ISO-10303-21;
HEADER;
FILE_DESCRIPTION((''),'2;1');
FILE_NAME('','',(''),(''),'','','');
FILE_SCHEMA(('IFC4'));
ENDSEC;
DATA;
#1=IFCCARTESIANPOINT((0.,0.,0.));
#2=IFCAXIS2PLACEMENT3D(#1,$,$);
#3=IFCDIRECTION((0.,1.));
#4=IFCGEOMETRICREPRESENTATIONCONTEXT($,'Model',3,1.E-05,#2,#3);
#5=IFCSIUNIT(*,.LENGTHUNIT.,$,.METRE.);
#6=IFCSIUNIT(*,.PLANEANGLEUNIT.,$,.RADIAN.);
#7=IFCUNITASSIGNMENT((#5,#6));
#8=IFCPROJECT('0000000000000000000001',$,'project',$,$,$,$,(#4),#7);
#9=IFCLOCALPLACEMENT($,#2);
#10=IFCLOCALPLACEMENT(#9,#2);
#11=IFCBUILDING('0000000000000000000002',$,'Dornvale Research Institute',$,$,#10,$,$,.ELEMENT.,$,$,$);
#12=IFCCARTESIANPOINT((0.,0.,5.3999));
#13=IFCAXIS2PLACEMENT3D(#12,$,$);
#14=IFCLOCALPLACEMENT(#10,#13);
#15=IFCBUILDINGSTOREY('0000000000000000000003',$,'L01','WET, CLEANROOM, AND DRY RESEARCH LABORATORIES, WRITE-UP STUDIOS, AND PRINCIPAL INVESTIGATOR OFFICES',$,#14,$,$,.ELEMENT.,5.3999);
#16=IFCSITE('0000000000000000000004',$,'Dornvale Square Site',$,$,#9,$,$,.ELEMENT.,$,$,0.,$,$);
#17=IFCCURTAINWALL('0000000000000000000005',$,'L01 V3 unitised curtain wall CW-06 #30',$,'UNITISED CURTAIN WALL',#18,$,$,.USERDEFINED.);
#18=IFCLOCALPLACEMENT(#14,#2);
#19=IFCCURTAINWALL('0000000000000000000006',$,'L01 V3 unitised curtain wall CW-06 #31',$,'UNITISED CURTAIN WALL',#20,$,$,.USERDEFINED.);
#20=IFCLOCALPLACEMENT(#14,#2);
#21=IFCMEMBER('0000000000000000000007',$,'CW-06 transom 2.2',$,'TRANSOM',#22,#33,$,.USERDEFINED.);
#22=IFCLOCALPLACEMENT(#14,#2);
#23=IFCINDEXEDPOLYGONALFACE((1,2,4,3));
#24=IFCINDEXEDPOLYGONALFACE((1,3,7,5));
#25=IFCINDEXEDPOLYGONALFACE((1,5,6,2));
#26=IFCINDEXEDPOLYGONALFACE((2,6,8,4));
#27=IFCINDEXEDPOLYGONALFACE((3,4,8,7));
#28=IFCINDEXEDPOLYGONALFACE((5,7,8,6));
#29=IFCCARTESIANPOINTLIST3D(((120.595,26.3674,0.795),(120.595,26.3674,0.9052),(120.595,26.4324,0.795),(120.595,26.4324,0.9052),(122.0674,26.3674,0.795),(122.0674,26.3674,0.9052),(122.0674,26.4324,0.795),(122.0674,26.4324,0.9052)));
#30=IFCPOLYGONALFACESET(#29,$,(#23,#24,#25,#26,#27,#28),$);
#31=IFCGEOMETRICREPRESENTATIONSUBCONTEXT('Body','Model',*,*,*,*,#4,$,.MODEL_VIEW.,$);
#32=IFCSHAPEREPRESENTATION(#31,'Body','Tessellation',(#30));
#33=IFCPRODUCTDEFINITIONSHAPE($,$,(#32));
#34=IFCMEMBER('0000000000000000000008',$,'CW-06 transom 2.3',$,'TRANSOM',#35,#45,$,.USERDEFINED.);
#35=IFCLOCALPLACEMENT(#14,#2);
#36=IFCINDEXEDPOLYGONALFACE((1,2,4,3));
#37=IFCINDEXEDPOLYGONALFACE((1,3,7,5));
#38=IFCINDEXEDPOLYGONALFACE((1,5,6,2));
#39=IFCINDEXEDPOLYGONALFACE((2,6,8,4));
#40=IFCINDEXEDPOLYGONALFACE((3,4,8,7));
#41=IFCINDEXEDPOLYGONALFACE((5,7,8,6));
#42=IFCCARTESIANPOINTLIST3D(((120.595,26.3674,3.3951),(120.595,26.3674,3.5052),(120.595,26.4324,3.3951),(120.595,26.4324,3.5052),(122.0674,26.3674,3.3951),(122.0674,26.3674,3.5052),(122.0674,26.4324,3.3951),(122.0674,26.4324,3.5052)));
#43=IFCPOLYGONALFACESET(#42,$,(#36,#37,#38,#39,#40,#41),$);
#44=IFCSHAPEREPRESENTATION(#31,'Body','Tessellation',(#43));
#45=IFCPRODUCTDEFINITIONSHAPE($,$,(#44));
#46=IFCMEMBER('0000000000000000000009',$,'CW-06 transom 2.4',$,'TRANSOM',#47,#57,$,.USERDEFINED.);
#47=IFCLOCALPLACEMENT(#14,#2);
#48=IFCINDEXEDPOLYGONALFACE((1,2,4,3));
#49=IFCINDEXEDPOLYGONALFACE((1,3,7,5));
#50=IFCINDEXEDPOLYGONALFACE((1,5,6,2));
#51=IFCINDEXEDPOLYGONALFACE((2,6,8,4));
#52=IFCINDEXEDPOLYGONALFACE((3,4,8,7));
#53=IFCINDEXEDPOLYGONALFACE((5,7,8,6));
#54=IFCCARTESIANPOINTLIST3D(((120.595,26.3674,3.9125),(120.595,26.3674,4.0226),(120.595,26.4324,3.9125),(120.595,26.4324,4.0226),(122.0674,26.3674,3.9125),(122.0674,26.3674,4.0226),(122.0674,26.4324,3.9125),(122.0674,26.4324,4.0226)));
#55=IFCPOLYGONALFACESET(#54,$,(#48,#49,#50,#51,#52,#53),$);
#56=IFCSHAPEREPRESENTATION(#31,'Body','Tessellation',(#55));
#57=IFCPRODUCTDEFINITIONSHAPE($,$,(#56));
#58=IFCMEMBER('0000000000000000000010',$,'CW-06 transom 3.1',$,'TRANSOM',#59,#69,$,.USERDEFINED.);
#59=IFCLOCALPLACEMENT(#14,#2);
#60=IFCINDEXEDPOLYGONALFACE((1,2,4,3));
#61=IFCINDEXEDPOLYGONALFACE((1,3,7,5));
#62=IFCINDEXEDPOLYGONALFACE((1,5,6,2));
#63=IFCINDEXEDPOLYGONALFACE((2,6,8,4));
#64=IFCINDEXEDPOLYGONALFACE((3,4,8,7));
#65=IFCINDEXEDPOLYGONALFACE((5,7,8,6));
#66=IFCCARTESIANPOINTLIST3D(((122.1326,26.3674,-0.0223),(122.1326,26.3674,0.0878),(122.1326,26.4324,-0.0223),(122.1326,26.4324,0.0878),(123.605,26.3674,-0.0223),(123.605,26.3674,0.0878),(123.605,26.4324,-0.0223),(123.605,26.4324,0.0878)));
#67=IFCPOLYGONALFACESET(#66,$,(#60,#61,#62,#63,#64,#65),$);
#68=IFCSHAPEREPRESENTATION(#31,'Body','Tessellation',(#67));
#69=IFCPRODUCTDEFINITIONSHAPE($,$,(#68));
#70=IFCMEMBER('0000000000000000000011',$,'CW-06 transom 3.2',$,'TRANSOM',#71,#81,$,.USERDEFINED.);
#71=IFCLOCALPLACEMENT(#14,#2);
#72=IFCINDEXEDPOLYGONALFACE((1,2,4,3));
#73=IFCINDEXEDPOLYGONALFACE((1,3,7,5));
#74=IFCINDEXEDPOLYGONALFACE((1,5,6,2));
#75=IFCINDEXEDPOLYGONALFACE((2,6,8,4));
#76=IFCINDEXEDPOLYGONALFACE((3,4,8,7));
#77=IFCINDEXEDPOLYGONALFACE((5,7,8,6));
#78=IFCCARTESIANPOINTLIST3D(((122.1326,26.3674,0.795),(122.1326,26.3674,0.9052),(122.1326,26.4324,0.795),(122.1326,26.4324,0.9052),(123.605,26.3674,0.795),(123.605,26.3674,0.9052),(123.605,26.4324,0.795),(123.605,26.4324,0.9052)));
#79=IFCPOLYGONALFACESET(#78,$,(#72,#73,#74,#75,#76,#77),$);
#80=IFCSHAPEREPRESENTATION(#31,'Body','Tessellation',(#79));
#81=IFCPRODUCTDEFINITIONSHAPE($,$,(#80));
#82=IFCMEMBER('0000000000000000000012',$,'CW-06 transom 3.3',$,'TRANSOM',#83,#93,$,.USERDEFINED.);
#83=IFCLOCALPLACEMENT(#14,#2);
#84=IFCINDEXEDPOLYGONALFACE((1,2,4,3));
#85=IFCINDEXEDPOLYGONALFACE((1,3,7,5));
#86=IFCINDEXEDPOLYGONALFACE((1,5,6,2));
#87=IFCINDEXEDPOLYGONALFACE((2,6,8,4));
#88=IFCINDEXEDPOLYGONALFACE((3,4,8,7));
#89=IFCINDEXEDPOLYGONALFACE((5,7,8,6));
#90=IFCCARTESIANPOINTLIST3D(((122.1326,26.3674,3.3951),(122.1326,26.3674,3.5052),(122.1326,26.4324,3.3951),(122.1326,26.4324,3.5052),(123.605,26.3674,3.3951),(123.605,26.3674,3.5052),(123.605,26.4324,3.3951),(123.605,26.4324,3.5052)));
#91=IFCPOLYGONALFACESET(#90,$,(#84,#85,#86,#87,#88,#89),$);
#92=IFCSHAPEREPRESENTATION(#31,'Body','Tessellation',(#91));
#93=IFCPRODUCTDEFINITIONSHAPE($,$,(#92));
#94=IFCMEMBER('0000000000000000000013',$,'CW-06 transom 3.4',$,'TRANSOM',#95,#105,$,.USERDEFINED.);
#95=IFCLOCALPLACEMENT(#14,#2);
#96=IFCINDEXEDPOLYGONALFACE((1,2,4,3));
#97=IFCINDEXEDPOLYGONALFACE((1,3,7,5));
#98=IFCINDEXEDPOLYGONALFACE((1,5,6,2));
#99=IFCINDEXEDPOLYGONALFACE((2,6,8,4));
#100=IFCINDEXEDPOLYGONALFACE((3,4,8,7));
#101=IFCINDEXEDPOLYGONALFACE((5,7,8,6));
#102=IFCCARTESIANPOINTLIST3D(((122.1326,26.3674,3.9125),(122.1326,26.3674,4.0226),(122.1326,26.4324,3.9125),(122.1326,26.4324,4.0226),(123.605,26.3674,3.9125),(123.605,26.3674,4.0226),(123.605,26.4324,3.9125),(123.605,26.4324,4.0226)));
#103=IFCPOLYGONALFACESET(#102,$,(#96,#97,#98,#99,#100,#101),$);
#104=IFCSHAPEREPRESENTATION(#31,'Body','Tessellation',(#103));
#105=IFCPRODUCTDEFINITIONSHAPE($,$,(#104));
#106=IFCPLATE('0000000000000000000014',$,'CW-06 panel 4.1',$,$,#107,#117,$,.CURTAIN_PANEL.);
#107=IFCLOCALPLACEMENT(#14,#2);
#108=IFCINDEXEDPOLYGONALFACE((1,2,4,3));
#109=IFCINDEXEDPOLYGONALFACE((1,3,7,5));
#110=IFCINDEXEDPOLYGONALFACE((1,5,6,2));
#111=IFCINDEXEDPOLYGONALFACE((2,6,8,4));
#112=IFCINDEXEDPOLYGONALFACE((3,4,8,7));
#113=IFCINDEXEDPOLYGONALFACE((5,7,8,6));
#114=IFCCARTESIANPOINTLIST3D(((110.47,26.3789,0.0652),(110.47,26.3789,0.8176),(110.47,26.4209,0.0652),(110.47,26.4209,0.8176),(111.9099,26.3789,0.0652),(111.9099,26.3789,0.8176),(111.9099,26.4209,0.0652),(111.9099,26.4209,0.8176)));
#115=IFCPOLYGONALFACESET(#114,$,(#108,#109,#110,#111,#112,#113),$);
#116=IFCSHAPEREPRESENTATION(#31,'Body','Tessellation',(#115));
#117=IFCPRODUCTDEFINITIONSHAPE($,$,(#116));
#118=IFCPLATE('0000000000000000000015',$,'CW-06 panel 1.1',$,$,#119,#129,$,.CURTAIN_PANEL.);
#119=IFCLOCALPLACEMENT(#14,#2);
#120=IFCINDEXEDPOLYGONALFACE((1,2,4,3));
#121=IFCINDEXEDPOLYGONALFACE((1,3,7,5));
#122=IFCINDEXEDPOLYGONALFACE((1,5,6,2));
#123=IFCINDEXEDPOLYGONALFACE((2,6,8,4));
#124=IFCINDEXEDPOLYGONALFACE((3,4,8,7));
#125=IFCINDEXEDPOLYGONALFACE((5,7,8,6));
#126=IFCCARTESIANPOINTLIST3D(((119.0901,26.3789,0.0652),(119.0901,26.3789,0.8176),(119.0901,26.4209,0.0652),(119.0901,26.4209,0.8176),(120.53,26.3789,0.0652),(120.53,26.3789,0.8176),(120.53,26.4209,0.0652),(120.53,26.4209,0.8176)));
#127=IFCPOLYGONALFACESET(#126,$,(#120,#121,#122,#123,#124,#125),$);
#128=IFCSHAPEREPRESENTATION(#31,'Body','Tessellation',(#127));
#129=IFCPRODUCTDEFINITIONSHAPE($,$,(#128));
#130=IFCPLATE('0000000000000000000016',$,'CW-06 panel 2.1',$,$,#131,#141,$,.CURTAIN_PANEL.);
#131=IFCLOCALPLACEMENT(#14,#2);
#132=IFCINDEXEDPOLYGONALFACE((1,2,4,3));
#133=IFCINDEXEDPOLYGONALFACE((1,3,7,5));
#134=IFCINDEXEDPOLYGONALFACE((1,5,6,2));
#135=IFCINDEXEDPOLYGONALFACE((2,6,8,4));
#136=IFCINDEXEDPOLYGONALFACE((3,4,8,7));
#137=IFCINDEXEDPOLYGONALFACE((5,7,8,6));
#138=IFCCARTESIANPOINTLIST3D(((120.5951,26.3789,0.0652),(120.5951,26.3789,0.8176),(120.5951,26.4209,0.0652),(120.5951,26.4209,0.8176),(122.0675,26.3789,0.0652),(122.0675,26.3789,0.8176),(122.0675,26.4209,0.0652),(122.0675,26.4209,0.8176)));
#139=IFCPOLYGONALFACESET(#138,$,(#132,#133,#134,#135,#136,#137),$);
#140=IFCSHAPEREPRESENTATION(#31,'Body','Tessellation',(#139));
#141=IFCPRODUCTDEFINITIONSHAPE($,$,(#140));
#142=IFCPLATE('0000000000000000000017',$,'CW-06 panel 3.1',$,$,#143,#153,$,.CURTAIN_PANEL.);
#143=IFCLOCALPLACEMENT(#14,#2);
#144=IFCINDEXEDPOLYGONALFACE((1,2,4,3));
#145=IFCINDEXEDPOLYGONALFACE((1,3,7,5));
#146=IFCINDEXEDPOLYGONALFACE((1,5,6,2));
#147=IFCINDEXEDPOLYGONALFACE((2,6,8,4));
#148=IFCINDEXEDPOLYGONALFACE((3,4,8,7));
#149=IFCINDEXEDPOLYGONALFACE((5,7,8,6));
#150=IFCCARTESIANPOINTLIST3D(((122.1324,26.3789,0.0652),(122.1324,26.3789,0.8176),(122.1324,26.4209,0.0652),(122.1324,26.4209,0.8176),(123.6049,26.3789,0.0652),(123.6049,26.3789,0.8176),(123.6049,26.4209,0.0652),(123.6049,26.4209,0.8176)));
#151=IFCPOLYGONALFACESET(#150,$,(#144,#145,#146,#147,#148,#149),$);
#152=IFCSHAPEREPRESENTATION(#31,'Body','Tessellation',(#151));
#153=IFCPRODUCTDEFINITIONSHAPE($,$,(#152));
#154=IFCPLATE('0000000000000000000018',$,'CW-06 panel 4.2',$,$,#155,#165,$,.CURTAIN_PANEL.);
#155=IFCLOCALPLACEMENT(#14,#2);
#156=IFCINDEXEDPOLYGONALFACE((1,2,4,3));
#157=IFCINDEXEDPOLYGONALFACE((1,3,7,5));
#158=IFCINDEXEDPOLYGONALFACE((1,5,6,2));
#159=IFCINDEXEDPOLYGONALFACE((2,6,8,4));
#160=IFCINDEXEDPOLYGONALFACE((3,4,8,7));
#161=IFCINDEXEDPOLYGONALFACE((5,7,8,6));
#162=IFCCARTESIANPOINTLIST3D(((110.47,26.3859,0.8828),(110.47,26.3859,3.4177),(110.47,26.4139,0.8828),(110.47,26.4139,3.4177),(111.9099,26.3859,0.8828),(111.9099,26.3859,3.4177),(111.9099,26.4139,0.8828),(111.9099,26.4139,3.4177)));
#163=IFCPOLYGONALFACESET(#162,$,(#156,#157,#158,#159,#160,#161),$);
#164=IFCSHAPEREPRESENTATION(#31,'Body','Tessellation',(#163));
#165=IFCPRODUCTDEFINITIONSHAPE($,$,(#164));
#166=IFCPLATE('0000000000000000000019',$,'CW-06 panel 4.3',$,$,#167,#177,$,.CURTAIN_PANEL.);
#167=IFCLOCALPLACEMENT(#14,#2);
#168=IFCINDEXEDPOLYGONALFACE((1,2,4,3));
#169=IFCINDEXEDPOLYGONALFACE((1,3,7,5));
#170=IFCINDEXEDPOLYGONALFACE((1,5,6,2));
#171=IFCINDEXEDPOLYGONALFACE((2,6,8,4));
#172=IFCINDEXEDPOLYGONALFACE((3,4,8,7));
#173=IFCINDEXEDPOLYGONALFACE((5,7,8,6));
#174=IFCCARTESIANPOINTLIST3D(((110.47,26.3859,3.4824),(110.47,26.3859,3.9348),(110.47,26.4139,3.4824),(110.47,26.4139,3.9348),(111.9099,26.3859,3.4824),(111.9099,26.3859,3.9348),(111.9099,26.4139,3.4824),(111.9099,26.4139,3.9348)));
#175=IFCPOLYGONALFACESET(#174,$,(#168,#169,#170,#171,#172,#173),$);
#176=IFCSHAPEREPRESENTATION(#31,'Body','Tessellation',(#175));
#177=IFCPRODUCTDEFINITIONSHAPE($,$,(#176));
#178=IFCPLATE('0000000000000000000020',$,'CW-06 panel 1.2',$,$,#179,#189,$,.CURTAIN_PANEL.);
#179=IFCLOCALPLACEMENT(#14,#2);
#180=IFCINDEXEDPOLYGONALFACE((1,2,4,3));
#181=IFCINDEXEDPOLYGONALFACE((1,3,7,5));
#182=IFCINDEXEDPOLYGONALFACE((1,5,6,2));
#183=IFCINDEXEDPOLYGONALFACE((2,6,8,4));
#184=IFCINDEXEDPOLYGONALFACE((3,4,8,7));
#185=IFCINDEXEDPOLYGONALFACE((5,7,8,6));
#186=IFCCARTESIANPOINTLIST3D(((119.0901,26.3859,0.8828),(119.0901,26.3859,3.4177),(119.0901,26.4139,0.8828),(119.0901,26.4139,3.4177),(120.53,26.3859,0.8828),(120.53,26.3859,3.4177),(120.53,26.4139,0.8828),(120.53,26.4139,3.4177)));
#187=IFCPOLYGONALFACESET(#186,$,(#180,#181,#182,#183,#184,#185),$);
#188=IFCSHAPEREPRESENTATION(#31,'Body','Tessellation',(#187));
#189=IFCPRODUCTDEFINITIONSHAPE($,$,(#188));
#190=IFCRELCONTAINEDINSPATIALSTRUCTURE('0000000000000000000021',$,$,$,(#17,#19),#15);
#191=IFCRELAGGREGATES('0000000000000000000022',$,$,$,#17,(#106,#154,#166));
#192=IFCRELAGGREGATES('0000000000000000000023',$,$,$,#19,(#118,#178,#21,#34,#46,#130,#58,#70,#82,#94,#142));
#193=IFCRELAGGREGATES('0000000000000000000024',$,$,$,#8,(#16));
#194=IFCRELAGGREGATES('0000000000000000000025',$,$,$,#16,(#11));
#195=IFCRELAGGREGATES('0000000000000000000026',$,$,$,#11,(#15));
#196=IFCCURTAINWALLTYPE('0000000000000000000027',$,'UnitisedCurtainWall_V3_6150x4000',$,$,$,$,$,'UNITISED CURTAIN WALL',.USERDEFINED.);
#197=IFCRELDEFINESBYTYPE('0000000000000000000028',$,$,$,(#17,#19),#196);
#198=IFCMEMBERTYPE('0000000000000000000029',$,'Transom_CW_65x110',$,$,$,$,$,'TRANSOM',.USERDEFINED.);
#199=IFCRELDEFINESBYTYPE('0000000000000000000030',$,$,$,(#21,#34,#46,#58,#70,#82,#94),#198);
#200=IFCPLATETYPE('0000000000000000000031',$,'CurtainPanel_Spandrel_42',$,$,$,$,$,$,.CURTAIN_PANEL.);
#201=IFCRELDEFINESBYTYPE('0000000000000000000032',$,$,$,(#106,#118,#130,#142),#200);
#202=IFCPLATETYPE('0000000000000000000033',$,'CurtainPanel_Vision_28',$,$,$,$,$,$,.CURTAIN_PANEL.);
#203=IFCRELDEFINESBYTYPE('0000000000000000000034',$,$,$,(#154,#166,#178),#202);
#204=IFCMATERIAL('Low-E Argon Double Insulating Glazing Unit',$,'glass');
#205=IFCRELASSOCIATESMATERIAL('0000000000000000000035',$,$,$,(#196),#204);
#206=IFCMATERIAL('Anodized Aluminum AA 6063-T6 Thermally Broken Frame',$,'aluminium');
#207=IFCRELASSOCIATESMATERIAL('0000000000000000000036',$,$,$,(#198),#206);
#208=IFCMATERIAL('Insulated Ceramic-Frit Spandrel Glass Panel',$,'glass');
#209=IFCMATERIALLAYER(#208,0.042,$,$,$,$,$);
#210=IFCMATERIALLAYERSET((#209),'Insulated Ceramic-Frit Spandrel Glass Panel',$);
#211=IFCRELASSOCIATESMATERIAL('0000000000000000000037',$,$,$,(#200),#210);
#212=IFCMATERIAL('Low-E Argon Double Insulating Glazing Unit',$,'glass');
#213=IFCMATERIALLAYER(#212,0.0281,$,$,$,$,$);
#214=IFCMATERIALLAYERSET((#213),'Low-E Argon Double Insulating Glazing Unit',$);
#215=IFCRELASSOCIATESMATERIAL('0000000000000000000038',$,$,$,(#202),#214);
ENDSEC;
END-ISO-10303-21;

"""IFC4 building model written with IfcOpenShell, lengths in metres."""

from ifc_helpers import new_model, si_unit, direction, frame, origin, origin_2d, place, context, subcontext, project, spatial, rectangle, extrude, material, layer, layer_set, material_profile, profile_set, type_object, element, aggregate, save


model = new_model("IFC4")

# Units and contexts
model_context = context("Model", 3, precision=1e-05, world=origin(), true_north=direction((0.0, 1.0)))
body_context = subcontext(model_context, "Body", "Model", "MODEL_VIEW")
ifc_project = project(units=[si_unit("LENGTHUNIT", "METRE"), si_unit("PLANEANGLEUNIT", "RADIAN")], contexts=[model_context])

# Site, building, storey
site_placement = place(None, origin())
site = spatial("IfcSite", under=ifc_project, at=site_placement, Name="Dornvale Square Site", CompositionType="ELEMENT", RefElevation=0.0)
building_placement = place(site_placement, origin())
building = spatial("IfcBuilding", under=site, at=building_placement, Name="Dornvale Research Institute", CompositionType="ELEMENT")
storey_placement = place(building_placement, frame((0.0, 0.0, 5.3999)))
storey = spatial("IfcBuildingStorey", under=building, at=storey_placement, Name="L01", Description="WET, CLEANROOM, AND DRY RESEARCH LABORATORIES, WRITE-UP STUDIOS, AND PRINCIPAL INVESTIGATOR OFFICES", CompositionType="ELEMENT", Elevation=5.3999)

# Curtain wall
ifc_material_1 = material(Name="Low-E Argon Double Insulating Glazing Unit", Category="glass")
curtain_wall_type = type_object("IfcCurtainWallType", Name="UnitisedCurtainWall_V3_6150x4000", ElementType="UNITISED CURTAIN WALL", PredefinedType="USERDEFINED", material=ifc_material_1)
curtain_wall_1_placement = place(storey_placement, origin())
curtain_wall_1 = element("IfcCurtainWall", 1, at=curtain_wall_1_placement, inside=storey, type_object=curtain_wall_type, Name="L01 V3 unitised curtain wall CW-06 #30", ObjectType="UNITISED CURTAIN WALL", PredefinedType="USERDEFINED")

# Curtain wall
curtain_wall_2_placement = place(storey_placement, origin())
curtain_wall_2 = element("IfcCurtainWall", 2, at=curtain_wall_2_placement, inside=storey, type_object=curtain_wall_type, Name="L01 V3 unitised curtain wall CW-06 #31", ObjectType="UNITISED CURTAIN WALL", PredefinedType="USERDEFINED")

# Members
ifc_material_2 = material(Name="Anodized Aluminum AA 6063-T6 Thermally Broken Frame", Category="aluminium")
ifc_material_profile_1 = material_profile(ifc_material_2, rectangle(XDim=0.0649, YDim=0.1101, at=origin_2d()), Name="ALU TRANSOM 65x110")
ifc_profile_set_1 = profile_set([ifc_material_profile_1], Name="Anodized Aluminum AA 6063-T6 Thermally Broken Frame")
member_type_1 = type_object("IfcMemberType", Name="Transom_CW_65x110", ElementType="TRANSOM", PredefinedType="USERDEFINED", material=ifc_profile_set_1)
member_1_placement = place(storey_placement, frame((120.595, 26.3999, 0.8501), z_axis=(1.0, 0.0, 0.0), x_axis=(0.0, 1.0, 0.0)))
member_1 = element("IfcMember", 3, at=member_1_placement, type_object=member_type_1, Name="CW-06 transom 2.2", ObjectType="TRANSOM", PredefinedType="USERDEFINED", context=body_context, shape_type="SweptSolid", body=[
    extrude(rectangle(XDim=0.0649, YDim=0.1101, at=origin_2d()), origin(), (0.0, 0.0, 1.0), 1.4724),
])
member_2_placement = place(storey_placement, frame((120.595, 26.3999, 3.4502), z_axis=(1.0, 0.0, 0.0), x_axis=(0.0, 1.0, 0.0)))
member_2 = element("IfcMember", 4, at=member_2_placement, type_object=member_type_1, Name="CW-06 transom 2.3", ObjectType="TRANSOM", PredefinedType="USERDEFINED", context=body_context, shape_type="SweptSolid", body=[
    extrude(rectangle(XDim=0.0649, YDim=0.1101, at=origin_2d()), origin(), (0.0, 0.0, 1.0), 1.4724),
])
member_3_placement = place(storey_placement, frame((120.595, 26.3999, 3.9675), z_axis=(1.0, 0.0, 0.0), x_axis=(0.0, 1.0, 0.0)))
member_3 = element("IfcMember", 5, at=member_3_placement, type_object=member_type_1, Name="CW-06 transom 2.4", ObjectType="TRANSOM", PredefinedType="USERDEFINED", context=body_context, shape_type="SweptSolid", body=[
    extrude(rectangle(XDim=0.0649, YDim=0.1101, at=origin_2d()), origin(), (0.0, 0.0, 1.0), 1.4724),
])
member_4_placement = place(storey_placement, frame((122.1326, 26.3999, 0.0327), z_axis=(1.0, 0.0, 0.0), x_axis=(0.0, 1.0, 0.0)))
member_4 = element("IfcMember", 6, at=member_4_placement, type_object=member_type_1, Name="CW-06 transom 3.1", ObjectType="TRANSOM", PredefinedType="USERDEFINED", context=body_context, shape_type="SweptSolid", body=[
    extrude(rectangle(XDim=0.0649, YDim=0.1101, at=origin_2d()), origin(), (0.0, 0.0, 1.0), 1.4724),
])
member_5_placement = place(storey_placement, frame((122.1326, 26.3999, 0.8501), z_axis=(1.0, 0.0, 0.0), x_axis=(0.0, 1.0, 0.0)))
member_5 = element("IfcMember", 7, at=member_5_placement, type_object=member_type_1, Name="CW-06 transom 3.2", ObjectType="TRANSOM", PredefinedType="USERDEFINED", context=body_context, shape_type="SweptSolid", body=[
    extrude(rectangle(XDim=0.0649, YDim=0.1101, at=origin_2d()), origin(), (0.0, 0.0, 1.0), 1.4724),
])
member_6_placement = place(storey_placement, frame((122.1326, 26.3999, 3.4502), z_axis=(1.0, 0.0, 0.0), x_axis=(0.0, 1.0, 0.0)))
member_6 = element("IfcMember", 8, at=member_6_placement, type_object=member_type_1, Name="CW-06 transom 3.3", ObjectType="TRANSOM", PredefinedType="USERDEFINED", context=body_context, shape_type="SweptSolid", body=[
    extrude(rectangle(XDim=0.0649, YDim=0.1101, at=origin_2d()), origin(), (0.0, 0.0, 1.0), 1.4724),
])
member_7_placement = place(storey_placement, frame((122.1326, 26.3999, 3.9675), z_axis=(1.0, 0.0, 0.0), x_axis=(0.0, 1.0, 0.0)))
member_7 = element("IfcMember", 9, at=member_7_placement, type_object=member_type_1, Name="CW-06 transom 3.4", ObjectType="TRANSOM", PredefinedType="USERDEFINED", context=body_context, shape_type="SweptSolid", body=[
    extrude(rectangle(XDim=0.0649, YDim=0.1101, at=origin_2d()), origin(), (0.0, 0.0, 1.0), 1.4724),
])

# Plates
ifc_material_3 = material(Name="Insulated Ceramic-Frit Spandrel Glass Panel", Category="glass")
ifc_layer_1 = layer(ifc_material_3, 0.042)
ifc_layer_set_1 = layer_set([ifc_layer_1], Name="Insulated Ceramic-Frit Spandrel Glass Panel")
plate_type_1 = type_object("IfcPlateType", Name="CurtainPanel_Spandrel_42", PredefinedType="CURTAIN_PANEL", material=ifc_layer_set_1)
plate_1_placement = place(storey_placement, frame((111.1899, 26.3999, 0.0652), z_axis=(0.0, 0.0, 1.0), x_axis=(1.0, 0.0, 0.0)))
plate_1 = element("IfcPlate", 10, at=plate_1_placement, type_object=plate_type_1, Name="CW-06 panel 4.1", PredefinedType="CURTAIN_PANEL", context=body_context, shape_type="SweptSolid", body=[
    extrude(rectangle(XDim=1.4399, YDim=0.042, at=origin_2d()), origin(), (0.0, 0.0, 1.0), 0.7524),
])
plate_2_placement = place(storey_placement, frame((119.8101, 26.3999, 0.0652), z_axis=(0.0, 0.0, 1.0), x_axis=(1.0, 0.0, 0.0)))
plate_2 = element("IfcPlate", 11, at=plate_2_placement, type_object=plate_type_1, Name="CW-06 panel 1.1", PredefinedType="CURTAIN_PANEL", context=body_context, shape_type="SweptSolid", body=[
    extrude(rectangle(XDim=1.4399, YDim=0.042, at=origin_2d()), origin(), (0.0, 0.0, 1.0), 0.7524),
])
plate_3_placement = place(storey_placement, frame((121.3313, 26.3999, 0.0652), z_axis=(0.0, 0.0, 1.0), x_axis=(1.0, 0.0, 0.0)))
plate_3 = element("IfcPlate", 12, at=plate_3_placement, type_object=plate_type_1, Name="CW-06 panel 2.1", PredefinedType="CURTAIN_PANEL", context=body_context, shape_type="SweptSolid", body=[
    extrude(rectangle(XDim=1.4724, YDim=0.042, at=origin_2d()), origin(), (0.0, 0.0, 1.0), 0.7524),
])
plate_4_placement = place(storey_placement, frame((122.8687, 26.3999, 0.0652), z_axis=(0.0, 0.0, 1.0), x_axis=(1.0, 0.0, 0.0)))
plate_4 = element("IfcPlate", 13, at=plate_4_placement, type_object=plate_type_1, Name="CW-06 panel 3.1", PredefinedType="CURTAIN_PANEL", context=body_context, shape_type="SweptSolid", body=[
    extrude(rectangle(XDim=1.4724, YDim=0.042, at=origin_2d()), origin(), (0.0, 0.0, 1.0), 0.7524),
])
ifc_material_4 = material(Name="Low-E Argon Double Insulating Glazing Unit", Category="glass")
ifc_layer_2 = layer(ifc_material_4, 0.0281)
ifc_layer_set_2 = layer_set([ifc_layer_2], Name="Low-E Argon Double Insulating Glazing Unit")
plate_type_2 = type_object("IfcPlateType", Name="CurtainPanel_Vision_28", PredefinedType="CURTAIN_PANEL", material=ifc_layer_set_2)
plate_5_placement = place(storey_placement, frame((111.1899, 26.3999, 0.8828), z_axis=(0.0, 0.0, 1.0), x_axis=(1.0, 0.0, 0.0)))
plate_5 = element("IfcPlate", 14, at=plate_5_placement, type_object=plate_type_2, Name="CW-06 panel 4.2", PredefinedType="CURTAIN_PANEL", context=body_context, shape_type="SweptSolid", body=[
    extrude(rectangle(XDim=1.4399, YDim=0.0281, at=origin_2d()), origin(), (0.0, 0.0, 1.0), 2.5349),
])
plate_6_placement = place(storey_placement, frame((111.1899, 26.3999, 3.4824), z_axis=(0.0, 0.0, 1.0), x_axis=(1.0, 0.0, 0.0)))
plate_6 = element("IfcPlate", 15, at=plate_6_placement, type_object=plate_type_2, Name="CW-06 panel 4.3", PredefinedType="CURTAIN_PANEL", context=body_context, shape_type="SweptSolid", body=[
    extrude(rectangle(XDim=1.4399, YDim=0.0281, at=origin_2d()), origin(), (0.0, 0.0, 1.0), 0.4524),
])
aggregate(curtain_wall_1, [plate_1, plate_5, plate_6])
plate_7_placement = place(storey_placement, frame((119.8101, 26.3999, 0.8828), z_axis=(0.0, 0.0, 1.0), x_axis=(1.0, 0.0, 0.0)))
plate_7 = element("IfcPlate", 16, at=plate_7_placement, type_object=plate_type_2, Name="CW-06 panel 1.2", PredefinedType="CURTAIN_PANEL", context=body_context, shape_type="SweptSolid", body=[
    extrude(rectangle(XDim=1.4399, YDim=0.0281, at=origin_2d()), origin(), (0.0, 0.0, 1.0), 2.5349),
])
aggregate(curtain_wall_2, [plate_2, plate_7, member_1, member_2, member_3, plate_3, member_4, member_5, member_6, member_7, plate_4])

save(model, "model.ifc")
